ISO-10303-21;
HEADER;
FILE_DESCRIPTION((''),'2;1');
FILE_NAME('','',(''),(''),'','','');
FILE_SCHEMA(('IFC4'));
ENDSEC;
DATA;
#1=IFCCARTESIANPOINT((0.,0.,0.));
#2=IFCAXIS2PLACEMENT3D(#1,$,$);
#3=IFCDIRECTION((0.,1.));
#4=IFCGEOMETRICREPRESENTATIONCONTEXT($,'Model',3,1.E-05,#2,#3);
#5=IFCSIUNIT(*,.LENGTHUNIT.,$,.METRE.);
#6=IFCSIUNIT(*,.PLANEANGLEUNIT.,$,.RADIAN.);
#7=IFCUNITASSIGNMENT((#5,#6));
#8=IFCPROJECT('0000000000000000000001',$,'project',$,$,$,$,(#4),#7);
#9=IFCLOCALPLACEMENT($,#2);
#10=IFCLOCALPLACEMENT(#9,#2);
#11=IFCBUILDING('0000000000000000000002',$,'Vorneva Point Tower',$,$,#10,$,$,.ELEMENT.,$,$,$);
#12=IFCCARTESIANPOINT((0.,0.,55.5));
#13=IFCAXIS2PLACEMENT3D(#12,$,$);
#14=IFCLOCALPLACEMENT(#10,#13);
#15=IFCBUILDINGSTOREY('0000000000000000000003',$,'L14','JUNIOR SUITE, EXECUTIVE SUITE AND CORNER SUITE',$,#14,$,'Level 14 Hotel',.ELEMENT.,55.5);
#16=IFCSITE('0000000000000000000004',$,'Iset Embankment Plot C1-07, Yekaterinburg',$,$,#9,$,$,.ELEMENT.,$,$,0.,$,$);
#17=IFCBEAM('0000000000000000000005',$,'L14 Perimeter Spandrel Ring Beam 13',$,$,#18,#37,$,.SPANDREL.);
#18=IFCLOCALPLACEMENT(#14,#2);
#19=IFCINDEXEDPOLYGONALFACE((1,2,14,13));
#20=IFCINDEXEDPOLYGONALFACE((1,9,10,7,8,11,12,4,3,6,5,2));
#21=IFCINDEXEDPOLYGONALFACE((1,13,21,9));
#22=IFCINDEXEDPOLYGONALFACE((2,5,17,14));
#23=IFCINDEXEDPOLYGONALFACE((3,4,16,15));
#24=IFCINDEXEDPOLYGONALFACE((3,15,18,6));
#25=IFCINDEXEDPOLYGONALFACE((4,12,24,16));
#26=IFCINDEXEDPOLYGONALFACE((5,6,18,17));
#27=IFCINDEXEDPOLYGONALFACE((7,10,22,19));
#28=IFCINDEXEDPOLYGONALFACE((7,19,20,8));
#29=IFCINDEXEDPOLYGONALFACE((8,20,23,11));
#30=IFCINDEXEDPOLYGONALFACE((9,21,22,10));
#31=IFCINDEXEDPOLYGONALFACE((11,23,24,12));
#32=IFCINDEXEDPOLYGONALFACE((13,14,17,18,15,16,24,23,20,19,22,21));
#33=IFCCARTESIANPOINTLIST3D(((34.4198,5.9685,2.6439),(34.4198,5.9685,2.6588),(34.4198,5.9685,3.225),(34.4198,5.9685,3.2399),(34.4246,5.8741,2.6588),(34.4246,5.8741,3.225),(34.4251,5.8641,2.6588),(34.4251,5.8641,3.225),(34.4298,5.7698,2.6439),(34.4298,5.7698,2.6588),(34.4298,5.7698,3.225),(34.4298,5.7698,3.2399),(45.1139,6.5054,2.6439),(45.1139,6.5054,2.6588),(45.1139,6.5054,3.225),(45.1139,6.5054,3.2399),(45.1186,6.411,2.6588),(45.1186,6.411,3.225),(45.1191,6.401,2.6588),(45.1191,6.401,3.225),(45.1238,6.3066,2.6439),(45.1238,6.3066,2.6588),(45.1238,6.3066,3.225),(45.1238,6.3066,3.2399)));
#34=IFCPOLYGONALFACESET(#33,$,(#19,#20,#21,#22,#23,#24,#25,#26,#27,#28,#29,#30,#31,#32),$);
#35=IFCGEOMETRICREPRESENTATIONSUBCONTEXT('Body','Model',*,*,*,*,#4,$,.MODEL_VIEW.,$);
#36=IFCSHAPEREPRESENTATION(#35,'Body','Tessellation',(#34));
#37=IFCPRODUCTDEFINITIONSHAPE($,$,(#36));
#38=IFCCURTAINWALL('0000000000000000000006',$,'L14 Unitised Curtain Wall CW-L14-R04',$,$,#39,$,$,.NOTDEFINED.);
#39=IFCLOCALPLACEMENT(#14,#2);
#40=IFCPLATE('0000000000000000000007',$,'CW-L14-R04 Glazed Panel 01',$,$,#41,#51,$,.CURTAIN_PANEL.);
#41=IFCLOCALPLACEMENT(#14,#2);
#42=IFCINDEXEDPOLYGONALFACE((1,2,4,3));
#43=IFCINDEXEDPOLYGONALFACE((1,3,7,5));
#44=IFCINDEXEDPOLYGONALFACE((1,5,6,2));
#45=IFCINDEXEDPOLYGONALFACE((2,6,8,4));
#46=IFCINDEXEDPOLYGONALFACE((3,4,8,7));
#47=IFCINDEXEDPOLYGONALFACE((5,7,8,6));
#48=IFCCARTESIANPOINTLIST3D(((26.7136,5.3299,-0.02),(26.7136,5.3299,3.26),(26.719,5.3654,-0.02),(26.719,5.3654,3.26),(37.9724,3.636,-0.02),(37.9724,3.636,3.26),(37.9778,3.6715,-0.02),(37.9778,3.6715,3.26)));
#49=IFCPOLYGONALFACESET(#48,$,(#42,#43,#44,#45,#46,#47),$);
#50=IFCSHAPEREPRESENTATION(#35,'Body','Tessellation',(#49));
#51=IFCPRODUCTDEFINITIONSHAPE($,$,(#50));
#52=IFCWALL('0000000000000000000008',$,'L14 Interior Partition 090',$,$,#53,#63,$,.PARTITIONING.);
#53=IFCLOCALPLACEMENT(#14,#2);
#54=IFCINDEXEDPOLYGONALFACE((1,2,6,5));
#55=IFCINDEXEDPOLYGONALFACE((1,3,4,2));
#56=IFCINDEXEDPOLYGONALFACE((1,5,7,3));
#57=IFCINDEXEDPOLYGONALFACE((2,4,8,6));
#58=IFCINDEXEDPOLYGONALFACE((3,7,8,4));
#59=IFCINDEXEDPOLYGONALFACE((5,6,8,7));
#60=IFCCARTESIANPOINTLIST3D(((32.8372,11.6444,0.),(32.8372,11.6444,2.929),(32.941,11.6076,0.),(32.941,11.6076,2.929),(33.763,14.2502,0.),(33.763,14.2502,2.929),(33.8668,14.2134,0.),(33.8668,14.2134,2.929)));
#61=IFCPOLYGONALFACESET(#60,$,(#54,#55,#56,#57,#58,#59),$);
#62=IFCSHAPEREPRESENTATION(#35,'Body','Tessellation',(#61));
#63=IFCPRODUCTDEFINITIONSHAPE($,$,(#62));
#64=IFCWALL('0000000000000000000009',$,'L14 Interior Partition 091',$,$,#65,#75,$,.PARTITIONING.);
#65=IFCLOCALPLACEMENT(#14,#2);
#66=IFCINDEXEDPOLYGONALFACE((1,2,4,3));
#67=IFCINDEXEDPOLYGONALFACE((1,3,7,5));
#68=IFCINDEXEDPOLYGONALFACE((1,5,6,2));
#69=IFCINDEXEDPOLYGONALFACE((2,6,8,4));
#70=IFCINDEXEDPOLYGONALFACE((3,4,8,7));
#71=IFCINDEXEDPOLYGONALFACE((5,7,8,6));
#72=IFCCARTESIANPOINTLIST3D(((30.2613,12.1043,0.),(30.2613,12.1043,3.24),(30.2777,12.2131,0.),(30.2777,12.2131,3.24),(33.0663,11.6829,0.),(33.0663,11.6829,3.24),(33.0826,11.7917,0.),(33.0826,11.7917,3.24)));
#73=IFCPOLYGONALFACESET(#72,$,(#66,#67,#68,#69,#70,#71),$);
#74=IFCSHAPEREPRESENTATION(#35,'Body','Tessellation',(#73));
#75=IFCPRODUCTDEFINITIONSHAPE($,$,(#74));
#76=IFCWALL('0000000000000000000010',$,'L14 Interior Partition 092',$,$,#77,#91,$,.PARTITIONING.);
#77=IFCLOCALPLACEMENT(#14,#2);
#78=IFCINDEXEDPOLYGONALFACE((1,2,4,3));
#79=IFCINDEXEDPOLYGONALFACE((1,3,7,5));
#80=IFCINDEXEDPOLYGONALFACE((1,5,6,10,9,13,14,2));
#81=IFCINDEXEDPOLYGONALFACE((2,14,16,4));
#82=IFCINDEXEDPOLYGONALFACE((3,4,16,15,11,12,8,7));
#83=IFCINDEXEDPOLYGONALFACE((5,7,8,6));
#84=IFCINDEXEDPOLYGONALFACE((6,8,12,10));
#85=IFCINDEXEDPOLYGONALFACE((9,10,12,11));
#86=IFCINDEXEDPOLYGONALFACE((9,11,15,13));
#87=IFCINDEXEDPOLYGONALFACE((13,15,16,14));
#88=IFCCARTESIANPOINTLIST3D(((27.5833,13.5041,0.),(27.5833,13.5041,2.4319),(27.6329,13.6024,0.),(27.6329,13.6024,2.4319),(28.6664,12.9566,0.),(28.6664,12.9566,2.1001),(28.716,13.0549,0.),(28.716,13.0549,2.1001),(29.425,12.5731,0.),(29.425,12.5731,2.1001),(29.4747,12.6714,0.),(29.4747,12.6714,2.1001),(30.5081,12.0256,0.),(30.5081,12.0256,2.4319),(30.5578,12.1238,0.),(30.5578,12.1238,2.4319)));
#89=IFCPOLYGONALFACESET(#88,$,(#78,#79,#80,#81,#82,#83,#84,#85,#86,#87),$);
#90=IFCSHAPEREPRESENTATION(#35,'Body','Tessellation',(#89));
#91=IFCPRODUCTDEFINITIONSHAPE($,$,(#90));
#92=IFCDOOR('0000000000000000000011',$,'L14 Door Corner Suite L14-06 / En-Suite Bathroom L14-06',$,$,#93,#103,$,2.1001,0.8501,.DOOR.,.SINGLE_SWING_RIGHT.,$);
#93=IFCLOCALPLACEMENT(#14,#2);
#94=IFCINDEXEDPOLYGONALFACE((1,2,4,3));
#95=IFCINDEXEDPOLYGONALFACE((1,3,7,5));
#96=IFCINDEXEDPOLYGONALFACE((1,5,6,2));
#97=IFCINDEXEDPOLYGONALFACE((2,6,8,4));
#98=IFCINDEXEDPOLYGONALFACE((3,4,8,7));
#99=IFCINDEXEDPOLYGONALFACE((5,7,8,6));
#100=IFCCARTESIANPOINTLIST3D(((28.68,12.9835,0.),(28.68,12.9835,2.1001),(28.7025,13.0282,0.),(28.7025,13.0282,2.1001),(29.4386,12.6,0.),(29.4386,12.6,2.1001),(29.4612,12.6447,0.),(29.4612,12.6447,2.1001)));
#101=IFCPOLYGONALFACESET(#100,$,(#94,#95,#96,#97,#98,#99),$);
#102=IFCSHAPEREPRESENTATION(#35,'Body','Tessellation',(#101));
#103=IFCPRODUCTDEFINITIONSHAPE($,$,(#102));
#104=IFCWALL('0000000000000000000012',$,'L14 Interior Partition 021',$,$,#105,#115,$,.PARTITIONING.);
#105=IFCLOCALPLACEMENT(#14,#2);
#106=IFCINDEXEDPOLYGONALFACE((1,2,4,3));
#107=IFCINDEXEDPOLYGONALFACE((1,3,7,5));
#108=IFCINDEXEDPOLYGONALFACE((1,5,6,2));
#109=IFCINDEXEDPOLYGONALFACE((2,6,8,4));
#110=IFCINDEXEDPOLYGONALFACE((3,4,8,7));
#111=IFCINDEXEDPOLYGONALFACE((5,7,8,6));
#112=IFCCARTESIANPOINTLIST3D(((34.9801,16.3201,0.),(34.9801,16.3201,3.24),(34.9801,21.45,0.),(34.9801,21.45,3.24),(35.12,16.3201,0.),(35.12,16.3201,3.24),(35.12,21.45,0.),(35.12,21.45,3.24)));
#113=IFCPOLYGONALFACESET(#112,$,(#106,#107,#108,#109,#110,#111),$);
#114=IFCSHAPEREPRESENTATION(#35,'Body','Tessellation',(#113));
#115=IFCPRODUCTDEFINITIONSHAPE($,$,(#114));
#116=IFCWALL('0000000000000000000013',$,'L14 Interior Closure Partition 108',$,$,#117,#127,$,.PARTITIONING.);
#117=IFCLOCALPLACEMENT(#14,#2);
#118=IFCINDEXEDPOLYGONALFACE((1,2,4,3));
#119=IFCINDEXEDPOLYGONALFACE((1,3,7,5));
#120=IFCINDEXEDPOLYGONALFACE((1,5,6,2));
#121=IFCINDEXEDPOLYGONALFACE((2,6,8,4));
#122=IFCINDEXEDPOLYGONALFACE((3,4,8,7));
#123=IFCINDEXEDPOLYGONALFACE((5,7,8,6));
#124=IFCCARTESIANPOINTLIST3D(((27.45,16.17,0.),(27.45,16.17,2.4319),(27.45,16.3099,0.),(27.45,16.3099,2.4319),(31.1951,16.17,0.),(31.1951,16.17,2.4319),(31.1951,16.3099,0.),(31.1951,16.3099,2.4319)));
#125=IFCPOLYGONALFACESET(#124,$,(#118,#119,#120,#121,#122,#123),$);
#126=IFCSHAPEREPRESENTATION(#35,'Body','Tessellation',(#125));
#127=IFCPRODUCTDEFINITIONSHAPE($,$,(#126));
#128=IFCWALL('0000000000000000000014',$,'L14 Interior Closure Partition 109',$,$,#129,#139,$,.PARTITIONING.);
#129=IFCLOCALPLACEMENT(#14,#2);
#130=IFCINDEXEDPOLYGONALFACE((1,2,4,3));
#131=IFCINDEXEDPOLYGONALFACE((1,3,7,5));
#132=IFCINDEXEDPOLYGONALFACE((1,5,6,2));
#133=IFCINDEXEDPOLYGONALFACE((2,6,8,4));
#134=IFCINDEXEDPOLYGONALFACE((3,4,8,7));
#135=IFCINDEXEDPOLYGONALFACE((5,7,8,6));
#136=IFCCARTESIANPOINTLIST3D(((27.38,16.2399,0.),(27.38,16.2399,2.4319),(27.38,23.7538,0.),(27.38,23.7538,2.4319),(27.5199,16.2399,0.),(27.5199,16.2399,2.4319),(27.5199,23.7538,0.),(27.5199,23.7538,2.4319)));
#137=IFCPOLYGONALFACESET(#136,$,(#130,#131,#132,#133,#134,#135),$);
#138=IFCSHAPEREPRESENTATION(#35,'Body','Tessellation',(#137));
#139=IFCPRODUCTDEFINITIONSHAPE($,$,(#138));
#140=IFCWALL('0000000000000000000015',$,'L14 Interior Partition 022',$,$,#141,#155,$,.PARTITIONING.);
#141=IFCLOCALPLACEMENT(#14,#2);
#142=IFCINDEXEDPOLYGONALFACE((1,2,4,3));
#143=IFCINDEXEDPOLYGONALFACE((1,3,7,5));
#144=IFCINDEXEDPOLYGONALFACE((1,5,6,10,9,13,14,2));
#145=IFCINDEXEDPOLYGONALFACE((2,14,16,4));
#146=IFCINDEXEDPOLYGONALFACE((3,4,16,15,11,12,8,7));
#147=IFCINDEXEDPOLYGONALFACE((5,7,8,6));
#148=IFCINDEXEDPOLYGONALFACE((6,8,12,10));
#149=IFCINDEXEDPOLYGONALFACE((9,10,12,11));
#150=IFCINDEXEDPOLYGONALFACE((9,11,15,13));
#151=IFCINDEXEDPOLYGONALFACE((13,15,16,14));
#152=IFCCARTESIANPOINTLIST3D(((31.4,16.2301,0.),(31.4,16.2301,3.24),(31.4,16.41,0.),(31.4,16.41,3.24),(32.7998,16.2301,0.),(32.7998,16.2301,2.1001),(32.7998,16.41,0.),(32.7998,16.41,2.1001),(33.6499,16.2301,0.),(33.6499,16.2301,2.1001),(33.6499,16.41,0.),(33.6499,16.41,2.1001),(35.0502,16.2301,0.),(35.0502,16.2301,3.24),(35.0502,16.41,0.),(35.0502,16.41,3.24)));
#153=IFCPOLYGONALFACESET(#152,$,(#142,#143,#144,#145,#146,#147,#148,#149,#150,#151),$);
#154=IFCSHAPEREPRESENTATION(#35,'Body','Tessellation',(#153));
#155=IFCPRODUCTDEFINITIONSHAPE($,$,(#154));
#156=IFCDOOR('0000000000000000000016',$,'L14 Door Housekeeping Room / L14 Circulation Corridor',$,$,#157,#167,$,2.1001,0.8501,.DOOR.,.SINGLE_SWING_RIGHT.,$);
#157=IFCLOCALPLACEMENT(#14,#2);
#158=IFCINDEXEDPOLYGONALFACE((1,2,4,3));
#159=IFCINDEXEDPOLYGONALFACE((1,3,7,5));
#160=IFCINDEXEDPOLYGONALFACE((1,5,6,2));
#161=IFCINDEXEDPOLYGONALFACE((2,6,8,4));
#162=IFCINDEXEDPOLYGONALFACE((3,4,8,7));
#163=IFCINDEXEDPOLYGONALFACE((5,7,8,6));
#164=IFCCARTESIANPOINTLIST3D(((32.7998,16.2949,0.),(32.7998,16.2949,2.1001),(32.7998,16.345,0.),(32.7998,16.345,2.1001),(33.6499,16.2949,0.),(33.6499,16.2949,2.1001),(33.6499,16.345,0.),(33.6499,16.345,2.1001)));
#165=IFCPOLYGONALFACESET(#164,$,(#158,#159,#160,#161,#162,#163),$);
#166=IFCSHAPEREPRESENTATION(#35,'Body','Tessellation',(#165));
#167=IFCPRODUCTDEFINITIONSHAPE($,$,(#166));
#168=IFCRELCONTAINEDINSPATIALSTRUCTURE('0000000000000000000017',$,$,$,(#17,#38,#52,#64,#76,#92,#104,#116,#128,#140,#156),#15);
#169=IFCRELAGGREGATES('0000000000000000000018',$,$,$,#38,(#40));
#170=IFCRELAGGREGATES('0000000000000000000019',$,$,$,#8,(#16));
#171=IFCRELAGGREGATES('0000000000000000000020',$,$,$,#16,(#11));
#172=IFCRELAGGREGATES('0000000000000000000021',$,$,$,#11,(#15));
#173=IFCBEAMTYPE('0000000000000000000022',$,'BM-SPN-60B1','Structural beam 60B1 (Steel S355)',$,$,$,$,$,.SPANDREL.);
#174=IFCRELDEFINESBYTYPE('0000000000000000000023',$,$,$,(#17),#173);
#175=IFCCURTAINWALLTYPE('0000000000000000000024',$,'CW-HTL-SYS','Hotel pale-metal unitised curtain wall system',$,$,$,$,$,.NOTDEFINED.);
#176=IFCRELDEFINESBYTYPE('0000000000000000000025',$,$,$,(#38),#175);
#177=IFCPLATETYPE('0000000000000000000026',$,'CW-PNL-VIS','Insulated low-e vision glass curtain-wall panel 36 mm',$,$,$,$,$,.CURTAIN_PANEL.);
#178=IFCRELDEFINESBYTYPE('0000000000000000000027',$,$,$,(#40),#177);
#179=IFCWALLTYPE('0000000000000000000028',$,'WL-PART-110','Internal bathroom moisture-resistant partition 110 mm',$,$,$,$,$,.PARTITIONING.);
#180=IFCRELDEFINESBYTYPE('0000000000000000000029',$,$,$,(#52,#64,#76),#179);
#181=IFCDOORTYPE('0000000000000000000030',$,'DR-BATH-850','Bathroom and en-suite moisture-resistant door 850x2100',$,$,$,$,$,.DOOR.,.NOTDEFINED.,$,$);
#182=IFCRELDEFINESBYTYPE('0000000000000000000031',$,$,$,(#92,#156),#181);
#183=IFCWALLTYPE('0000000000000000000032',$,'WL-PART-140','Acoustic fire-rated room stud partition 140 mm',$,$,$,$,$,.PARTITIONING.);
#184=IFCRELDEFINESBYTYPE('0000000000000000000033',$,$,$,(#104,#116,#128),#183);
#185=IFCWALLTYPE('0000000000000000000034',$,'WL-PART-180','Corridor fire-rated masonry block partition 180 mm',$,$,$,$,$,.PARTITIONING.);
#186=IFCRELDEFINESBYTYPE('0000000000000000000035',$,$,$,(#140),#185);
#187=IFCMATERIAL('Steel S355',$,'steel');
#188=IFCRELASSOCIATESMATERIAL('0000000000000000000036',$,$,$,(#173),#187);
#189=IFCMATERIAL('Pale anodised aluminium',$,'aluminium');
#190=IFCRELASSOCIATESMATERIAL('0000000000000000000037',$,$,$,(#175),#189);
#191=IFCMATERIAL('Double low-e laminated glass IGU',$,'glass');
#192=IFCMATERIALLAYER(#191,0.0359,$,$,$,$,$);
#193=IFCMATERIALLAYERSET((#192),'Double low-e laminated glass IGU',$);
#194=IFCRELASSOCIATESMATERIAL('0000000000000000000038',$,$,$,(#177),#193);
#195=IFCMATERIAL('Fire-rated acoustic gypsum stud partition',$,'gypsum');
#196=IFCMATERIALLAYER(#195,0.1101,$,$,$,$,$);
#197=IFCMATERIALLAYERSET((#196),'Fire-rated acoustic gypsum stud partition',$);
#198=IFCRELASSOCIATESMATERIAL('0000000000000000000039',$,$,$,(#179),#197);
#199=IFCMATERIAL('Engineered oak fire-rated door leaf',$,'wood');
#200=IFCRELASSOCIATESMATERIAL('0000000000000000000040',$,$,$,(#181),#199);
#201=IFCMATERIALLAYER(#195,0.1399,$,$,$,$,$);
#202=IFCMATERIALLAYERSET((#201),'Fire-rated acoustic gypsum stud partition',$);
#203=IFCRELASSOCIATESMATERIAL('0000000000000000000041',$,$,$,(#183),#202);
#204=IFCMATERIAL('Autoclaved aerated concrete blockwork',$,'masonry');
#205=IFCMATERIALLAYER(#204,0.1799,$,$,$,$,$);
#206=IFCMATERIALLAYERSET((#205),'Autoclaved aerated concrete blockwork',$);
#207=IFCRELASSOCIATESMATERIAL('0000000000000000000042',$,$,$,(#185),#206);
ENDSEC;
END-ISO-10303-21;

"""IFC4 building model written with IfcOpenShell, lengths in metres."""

from ifc_helpers import new_model, si_unit, direction, frame, frame_2d, origin, origin_2d, place, context, subcontext, project, spatial, rectangle, i_section, extrude, material, layer, layer_set, material_profile, profile_set, type_object, element, fill, aggregate, save


model = new_model("IFC4")

# Units and contexts
model_context = context("Model", 3, precision=1e-05, world=origin(), true_north=direction((0.0, 1.0)))
body_context = subcontext(model_context, "Body", "Model", "MODEL_VIEW")
ifc_project = project(units=[si_unit("LENGTHUNIT", "METRE"), si_unit("PLANEANGLEUNIT", "RADIAN")], contexts=[model_context])

# Site, building, storey
site_placement = place(None, origin())
site = spatial("IfcSite", under=ifc_project, at=site_placement, Name="Iset Embankment Plot C1-07, Yekaterinburg", CompositionType="ELEMENT", RefElevation=0.0)
building_placement = place(site_placement, origin())
building = spatial("IfcBuilding", under=site, at=building_placement, Name="Vorneva Point Tower", CompositionType="ELEMENT")
storey_placement = place(building_placement, frame((0.0, 0.0, 55.5)))
storey = spatial("IfcBuildingStorey", under=building, at=storey_placement, Name="L14", Description="JUNIOR SUITE, EXECUTIVE SUITE AND CORNER SUITE", LongName="Level 14 Hotel", CompositionType="ELEMENT", Elevation=55.5)

# Beam
ifc_material_1 = material(Name="Steel S355", Category="steel")
ifc_material_profile_1 = material_profile(ifc_material_1, i_section(OverallWidth=0.199, OverallDepth=0.5959, WebThickness=0.01, FlangeThickness=0.0149, at=origin_2d()), Name="60B1")
ifc_profile_set_1 = profile_set([ifc_material_profile_1], Name="Steel S355")
beam_type_1 = type_object("IfcBeamType", Name="BM-SPN-60B1", Description="Structural beam 60B1 (Steel S355)", PredefinedType="SPANDREL", material=ifc_profile_set_1)
beam_1_placement = place(storey_placement, frame((34.4248, 5.8691, 2.9419), z_axis=(0.998742, 0.050139, 0.0), x_axis=(-0.050139, 0.998742, 0.0)))
element("IfcBeam", 1, at=beam_1_placement, inside=storey, type_object=beam_type_1, Name="L14 Perimeter Spandrel Ring Beam 13", PredefinedType="SPANDREL", context=body_context, shape_type="SweptSolid", body=[
    extrude(i_section(OverallWidth=0.199, OverallDepth=0.5959, WebThickness=0.01, FlangeThickness=0.0149, at=origin_2d()), origin(), (0.0, 0.0, 1.0), 10.7075),
])

# Curtain wall, plate
ifc_material_2 = material(Name="Pale anodised aluminium", Category="aluminium")
curtain_wall_type = type_object("IfcCurtainWallType", Name="CW-HTL-SYS", Description="Hotel pale-metal unitised curtain wall system", PredefinedType="NOTDEFINED", material=ifc_material_2)
curtain_wall_placement = place(storey_placement, origin())
curtain_wall = element("IfcCurtainWall", 2, at=curtain_wall_placement, inside=storey, type_object=curtain_wall_type, Name="L14 Unitised Curtain Wall CW-L14-R04", PredefinedType="NOTDEFINED")
ifc_material_3 = material(Name="Double low-e laminated glass IGU", Category="glass")
ifc_layer_1 = layer(ifc_material_3, 0.0359)
ifc_layer_set_1 = layer_set([ifc_layer_1], Name="Double low-e laminated glass IGU")
plate_type = type_object("IfcPlateType", Name="CW-PNL-VIS", Description="Insulated low-e vision glass curtain-wall panel 36 mm", PredefinedType="CURTAIN_PANEL", material=ifc_layer_set_1)
plate_placement = place(storey_placement, frame((32.3457, 4.5007, -0.02), z_axis=(0.0, 0.0, 1.0), x_axis=(0.988871, -0.148776, 0.0)))
plate = element("IfcPlate", 3, at=plate_placement, type_object=plate_type, Name="CW-L14-R04 Glazed Panel 01", PredefinedType="CURTAIN_PANEL", context=body_context, shape_type="SweptSolid", body=[
    extrude(rectangle(XDim=11.3855, YDim=0.0359, at=origin_2d()), origin(), (0.0, 0.0, 1.0), 3.28),
])
aggregate(curtain_wall, [plate])

# Walls
ifc_material_4 = material(Name="Fire-rated acoustic gypsum stud partition", Category="gypsum")
ifc_layer_2 = layer(ifc_material_4, 0.1101)
ifc_layer_set_2 = layer_set([ifc_layer_2], Name="Fire-rated acoustic gypsum stud partition")
wall_type_1 = type_object("IfcWallType", Name="WL-PART-110", Description="Internal bathroom moisture-resistant partition 110 mm", PredefinedType="PARTITIONING", material=ifc_layer_set_2)
wall_1_placement = place(storey_placement, frame((33.8149, 14.2319, 0.0), z_axis=(0.0, 0.0, 1.0), x_axis=(-0.334787, -0.942294, 0.0)))
element("IfcWall", 4, at=wall_1_placement, inside=storey, type_object=wall_type_1, Name="L14 Interior Partition 090", PredefinedType="PARTITIONING", context=body_context, shape_type="SweptSolid", body=[
    extrude(rectangle(XDim=2.7654, YDim=0.1101, at=frame_2d((1.3828, 0.0))), origin(), (0.0, 0.0, 1.0), 2.929),
])
wall_2_placement = place(storey_placement, frame((33.0745, 11.7373, 0.0), z_axis=(0.0, 0.0, 1.0), x_axis=(-0.988903, 0.148564, 0.0)))
element("IfcWall", 5, at=wall_2_placement, inside=storey, type_object=wall_type_1, Name="L14 Interior Partition 091", PredefinedType="PARTITIONING", context=body_context, shape_type="SweptSolid", body=[
    extrude(rectangle(XDim=2.8364, YDim=0.1101, at=frame_2d((1.4182, 0.0))), origin(), (0.0, 0.0, 1.0), 3.24),
])

# Wall, opening, door
wall_3_placement = place(storey_placement, frame((30.533, 12.0747, 0.0), z_axis=(0.0, 0.0, 1.0), x_axis=(-0.892452, 0.451143, 0.0)))
wall_3 = element("IfcWall", 6, at=wall_3_placement, inside=storey, type_object=wall_type_1, Name="L14 Interior Partition 092", PredefinedType="PARTITIONING", context=body_context, shape_type="SweptSolid", body=[
    extrude(rectangle(XDim=3.2773, YDim=0.1101, at=frame_2d((1.6387, 0.0))), origin(), (0.0, 0.0, 1.0), 2.4319),
])
opening_1_placement = place(wall_3_placement, frame((1.2136, 0.0, 0.0)))
opening_1 = element("IfcOpeningElement", 7, at=opening_1_placement, cuts=wall_3, PredefinedType="OPENING", context=body_context, shape_type="SweptSolid", body=[
    extrude(rectangle(XDim=0.8501, YDim=2.1001, at=frame_2d((0.425, 1.05))), frame((0.0, 0.0698, 0.0), z_axis=(0.0, -1.0, 0.0), x_axis=(1.0, 0.0, 0.0)), (0.0, 0.0, 1.0), 0.1399),
])
ifc_material_5 = material(Name="Engineered oak fire-rated door leaf", Category="wood")
door_type_1 = type_object("IfcDoorType", Name="DR-BATH-850", Description="Bathroom and en-suite moisture-resistant door 850x2100", OperationType="NOTDEFINED", PredefinedType="DOOR", material=ifc_material_5)
door_1_placement = place(opening_1_placement, origin())
door_1 = element("IfcDoor", 8, at=door_1_placement, inside=storey, type_object=door_type_1, Name="L14 Door Corner Suite L14-06 / En-Suite Bathroom L14-06", OperationType="SINGLE_SWING_RIGHT", OverallHeight=2.1001, OverallWidth=0.8501, PredefinedType="DOOR", context=body_context, shape_type="SweptSolid", body=[
    extrude(rectangle(XDim=0.8501, YDim=2.1001, at=frame_2d((0.425, 1.05))), frame((0.0, 0.0249, 0.0), z_axis=(0.0, -1.0, 0.0), x_axis=(1.0, 0.0, 0.0)), (0.0, 0.0, 1.0), 0.05),
])
fill(opening_1, door_1)

# Walls
ifc_layer_3 = layer(ifc_material_4, 0.1399)
ifc_layer_set_3 = layer_set([ifc_layer_3], Name="Fire-rated acoustic gypsum stud partition")
wall_type_2 = type_object("IfcWallType", Name="WL-PART-140", Description="Acoustic fire-rated room stud partition 140 mm", PredefinedType="PARTITIONING", material=ifc_layer_set_3)
wall_4_placement = place(storey_placement, frame((35.05, 16.3201, 0.0), z_axis=(0.0, 0.0, 1.0), x_axis=(0.0, 1.0, 0.0)))
element("IfcWall", 9, at=wall_4_placement, inside=storey, type_object=wall_type_2, Name="L14 Interior Partition 021", PredefinedType="PARTITIONING", context=body_context, shape_type="SweptSolid", body=[
    extrude(rectangle(XDim=5.1299, YDim=0.1399, at=frame_2d((2.5649, 0.0))), origin(), (0.0, 0.0, 1.0), 3.24),
])
wall_5_placement = place(storey_placement, frame((31.1951, 16.24, 0.0), z_axis=(0.0, 0.0, 1.0), x_axis=(-1.0, 0.0, 0.0)))
element("IfcWall", 10, at=wall_5_placement, inside=storey, type_object=wall_type_2, Name="L14 Interior Closure Partition 108", PredefinedType="PARTITIONING", context=body_context, shape_type="SweptSolid", body=[
    extrude(rectangle(XDim=3.7451, YDim=0.1399, at=frame_2d((1.8726, 0.0))), origin(), (0.0, 0.0, 1.0), 2.4319),
])
wall_6_placement = place(storey_placement, frame((27.45, 16.24, 0.0), z_axis=(0.0, 0.0, 1.0), x_axis=(0.0, 1.0, 0.0)))
element("IfcWall", 11, at=wall_6_placement, inside=storey, type_object=wall_type_2, Name="L14 Interior Closure Partition 109", PredefinedType="PARTITIONING", context=body_context, shape_type="SweptSolid", body=[
    extrude(rectangle(XDim=7.5139, YDim=0.1399, at=frame_2d((3.7568, 0.0))), origin(), (0.0, 0.0, 1.0), 2.4319),
])

# Wall, opening, door
ifc_material_6 = material(Name="Autoclaved aerated concrete blockwork", Category="masonry")
ifc_layer_4 = layer(ifc_material_6, 0.1799)
ifc_layer_set_4 = layer_set([ifc_layer_4], Name="Autoclaved aerated concrete blockwork")
wall_type_3 = type_object("IfcWallType", Name="WL-PART-180", Description="Corridor fire-rated masonry block partition 180 mm", PredefinedType="PARTITIONING", material=ifc_layer_set_4)
wall_7_placement = place(storey_placement, frame((31.3999, 16.3201, 0.0), z_axis=(0.0, 0.0, 1.0), x_axis=(1.0, 0.0, 0.0)))
wall_7 = element("IfcWall", 12, at=wall_7_placement, inside=storey, type_object=wall_type_3, Name="L14 Interior Partition 022", PredefinedType="PARTITIONING", context=body_context, shape_type="SweptSolid", body=[
    extrude(rectangle(XDim=3.6501, YDim=0.1799, at=frame_2d((1.8252, 0.0))), origin(), (0.0, 0.0, 1.0), 3.24),
])
opening_2_placement = place(wall_7_placement, frame((1.3999, 0.0, 0.0)))
opening_2 = element("IfcOpeningElement", 13, at=opening_2_placement, cuts=wall_7, PredefinedType="OPENING", context=body_context, shape_type="SweptSolid", body=[
    extrude(rectangle(XDim=0.8501, YDim=2.1001, at=frame_2d((0.425, 1.05))), frame((0.0, 0.105, 0.0), z_axis=(0.0, -1.0, 0.0), x_axis=(1.0, 0.0, 0.0)), (0.0, 0.0, 1.0), 0.2097),
])
door_2_placement = place(opening_2_placement, origin())
door_2 = element("IfcDoor", 14, at=door_2_placement, inside=storey, type_object=door_type_1, Name="L14 Door Housekeeping Room / L14 Circulation Corridor", OperationType="SINGLE_SWING_RIGHT", OverallHeight=2.1001, OverallWidth=0.8501, PredefinedType="DOOR", context=body_context, shape_type="SweptSolid", body=[
    extrude(rectangle(XDim=0.8501, YDim=2.1001, at=frame_2d((0.425, 1.05))), frame((0.0, 0.0249, 0.0), z_axis=(0.0, -1.0, 0.0), x_axis=(1.0, 0.0, 0.0)), (0.0, 0.0, 1.0), 0.05),
])
fill(opening_2, door_2)

save(model, "model.ifc")
